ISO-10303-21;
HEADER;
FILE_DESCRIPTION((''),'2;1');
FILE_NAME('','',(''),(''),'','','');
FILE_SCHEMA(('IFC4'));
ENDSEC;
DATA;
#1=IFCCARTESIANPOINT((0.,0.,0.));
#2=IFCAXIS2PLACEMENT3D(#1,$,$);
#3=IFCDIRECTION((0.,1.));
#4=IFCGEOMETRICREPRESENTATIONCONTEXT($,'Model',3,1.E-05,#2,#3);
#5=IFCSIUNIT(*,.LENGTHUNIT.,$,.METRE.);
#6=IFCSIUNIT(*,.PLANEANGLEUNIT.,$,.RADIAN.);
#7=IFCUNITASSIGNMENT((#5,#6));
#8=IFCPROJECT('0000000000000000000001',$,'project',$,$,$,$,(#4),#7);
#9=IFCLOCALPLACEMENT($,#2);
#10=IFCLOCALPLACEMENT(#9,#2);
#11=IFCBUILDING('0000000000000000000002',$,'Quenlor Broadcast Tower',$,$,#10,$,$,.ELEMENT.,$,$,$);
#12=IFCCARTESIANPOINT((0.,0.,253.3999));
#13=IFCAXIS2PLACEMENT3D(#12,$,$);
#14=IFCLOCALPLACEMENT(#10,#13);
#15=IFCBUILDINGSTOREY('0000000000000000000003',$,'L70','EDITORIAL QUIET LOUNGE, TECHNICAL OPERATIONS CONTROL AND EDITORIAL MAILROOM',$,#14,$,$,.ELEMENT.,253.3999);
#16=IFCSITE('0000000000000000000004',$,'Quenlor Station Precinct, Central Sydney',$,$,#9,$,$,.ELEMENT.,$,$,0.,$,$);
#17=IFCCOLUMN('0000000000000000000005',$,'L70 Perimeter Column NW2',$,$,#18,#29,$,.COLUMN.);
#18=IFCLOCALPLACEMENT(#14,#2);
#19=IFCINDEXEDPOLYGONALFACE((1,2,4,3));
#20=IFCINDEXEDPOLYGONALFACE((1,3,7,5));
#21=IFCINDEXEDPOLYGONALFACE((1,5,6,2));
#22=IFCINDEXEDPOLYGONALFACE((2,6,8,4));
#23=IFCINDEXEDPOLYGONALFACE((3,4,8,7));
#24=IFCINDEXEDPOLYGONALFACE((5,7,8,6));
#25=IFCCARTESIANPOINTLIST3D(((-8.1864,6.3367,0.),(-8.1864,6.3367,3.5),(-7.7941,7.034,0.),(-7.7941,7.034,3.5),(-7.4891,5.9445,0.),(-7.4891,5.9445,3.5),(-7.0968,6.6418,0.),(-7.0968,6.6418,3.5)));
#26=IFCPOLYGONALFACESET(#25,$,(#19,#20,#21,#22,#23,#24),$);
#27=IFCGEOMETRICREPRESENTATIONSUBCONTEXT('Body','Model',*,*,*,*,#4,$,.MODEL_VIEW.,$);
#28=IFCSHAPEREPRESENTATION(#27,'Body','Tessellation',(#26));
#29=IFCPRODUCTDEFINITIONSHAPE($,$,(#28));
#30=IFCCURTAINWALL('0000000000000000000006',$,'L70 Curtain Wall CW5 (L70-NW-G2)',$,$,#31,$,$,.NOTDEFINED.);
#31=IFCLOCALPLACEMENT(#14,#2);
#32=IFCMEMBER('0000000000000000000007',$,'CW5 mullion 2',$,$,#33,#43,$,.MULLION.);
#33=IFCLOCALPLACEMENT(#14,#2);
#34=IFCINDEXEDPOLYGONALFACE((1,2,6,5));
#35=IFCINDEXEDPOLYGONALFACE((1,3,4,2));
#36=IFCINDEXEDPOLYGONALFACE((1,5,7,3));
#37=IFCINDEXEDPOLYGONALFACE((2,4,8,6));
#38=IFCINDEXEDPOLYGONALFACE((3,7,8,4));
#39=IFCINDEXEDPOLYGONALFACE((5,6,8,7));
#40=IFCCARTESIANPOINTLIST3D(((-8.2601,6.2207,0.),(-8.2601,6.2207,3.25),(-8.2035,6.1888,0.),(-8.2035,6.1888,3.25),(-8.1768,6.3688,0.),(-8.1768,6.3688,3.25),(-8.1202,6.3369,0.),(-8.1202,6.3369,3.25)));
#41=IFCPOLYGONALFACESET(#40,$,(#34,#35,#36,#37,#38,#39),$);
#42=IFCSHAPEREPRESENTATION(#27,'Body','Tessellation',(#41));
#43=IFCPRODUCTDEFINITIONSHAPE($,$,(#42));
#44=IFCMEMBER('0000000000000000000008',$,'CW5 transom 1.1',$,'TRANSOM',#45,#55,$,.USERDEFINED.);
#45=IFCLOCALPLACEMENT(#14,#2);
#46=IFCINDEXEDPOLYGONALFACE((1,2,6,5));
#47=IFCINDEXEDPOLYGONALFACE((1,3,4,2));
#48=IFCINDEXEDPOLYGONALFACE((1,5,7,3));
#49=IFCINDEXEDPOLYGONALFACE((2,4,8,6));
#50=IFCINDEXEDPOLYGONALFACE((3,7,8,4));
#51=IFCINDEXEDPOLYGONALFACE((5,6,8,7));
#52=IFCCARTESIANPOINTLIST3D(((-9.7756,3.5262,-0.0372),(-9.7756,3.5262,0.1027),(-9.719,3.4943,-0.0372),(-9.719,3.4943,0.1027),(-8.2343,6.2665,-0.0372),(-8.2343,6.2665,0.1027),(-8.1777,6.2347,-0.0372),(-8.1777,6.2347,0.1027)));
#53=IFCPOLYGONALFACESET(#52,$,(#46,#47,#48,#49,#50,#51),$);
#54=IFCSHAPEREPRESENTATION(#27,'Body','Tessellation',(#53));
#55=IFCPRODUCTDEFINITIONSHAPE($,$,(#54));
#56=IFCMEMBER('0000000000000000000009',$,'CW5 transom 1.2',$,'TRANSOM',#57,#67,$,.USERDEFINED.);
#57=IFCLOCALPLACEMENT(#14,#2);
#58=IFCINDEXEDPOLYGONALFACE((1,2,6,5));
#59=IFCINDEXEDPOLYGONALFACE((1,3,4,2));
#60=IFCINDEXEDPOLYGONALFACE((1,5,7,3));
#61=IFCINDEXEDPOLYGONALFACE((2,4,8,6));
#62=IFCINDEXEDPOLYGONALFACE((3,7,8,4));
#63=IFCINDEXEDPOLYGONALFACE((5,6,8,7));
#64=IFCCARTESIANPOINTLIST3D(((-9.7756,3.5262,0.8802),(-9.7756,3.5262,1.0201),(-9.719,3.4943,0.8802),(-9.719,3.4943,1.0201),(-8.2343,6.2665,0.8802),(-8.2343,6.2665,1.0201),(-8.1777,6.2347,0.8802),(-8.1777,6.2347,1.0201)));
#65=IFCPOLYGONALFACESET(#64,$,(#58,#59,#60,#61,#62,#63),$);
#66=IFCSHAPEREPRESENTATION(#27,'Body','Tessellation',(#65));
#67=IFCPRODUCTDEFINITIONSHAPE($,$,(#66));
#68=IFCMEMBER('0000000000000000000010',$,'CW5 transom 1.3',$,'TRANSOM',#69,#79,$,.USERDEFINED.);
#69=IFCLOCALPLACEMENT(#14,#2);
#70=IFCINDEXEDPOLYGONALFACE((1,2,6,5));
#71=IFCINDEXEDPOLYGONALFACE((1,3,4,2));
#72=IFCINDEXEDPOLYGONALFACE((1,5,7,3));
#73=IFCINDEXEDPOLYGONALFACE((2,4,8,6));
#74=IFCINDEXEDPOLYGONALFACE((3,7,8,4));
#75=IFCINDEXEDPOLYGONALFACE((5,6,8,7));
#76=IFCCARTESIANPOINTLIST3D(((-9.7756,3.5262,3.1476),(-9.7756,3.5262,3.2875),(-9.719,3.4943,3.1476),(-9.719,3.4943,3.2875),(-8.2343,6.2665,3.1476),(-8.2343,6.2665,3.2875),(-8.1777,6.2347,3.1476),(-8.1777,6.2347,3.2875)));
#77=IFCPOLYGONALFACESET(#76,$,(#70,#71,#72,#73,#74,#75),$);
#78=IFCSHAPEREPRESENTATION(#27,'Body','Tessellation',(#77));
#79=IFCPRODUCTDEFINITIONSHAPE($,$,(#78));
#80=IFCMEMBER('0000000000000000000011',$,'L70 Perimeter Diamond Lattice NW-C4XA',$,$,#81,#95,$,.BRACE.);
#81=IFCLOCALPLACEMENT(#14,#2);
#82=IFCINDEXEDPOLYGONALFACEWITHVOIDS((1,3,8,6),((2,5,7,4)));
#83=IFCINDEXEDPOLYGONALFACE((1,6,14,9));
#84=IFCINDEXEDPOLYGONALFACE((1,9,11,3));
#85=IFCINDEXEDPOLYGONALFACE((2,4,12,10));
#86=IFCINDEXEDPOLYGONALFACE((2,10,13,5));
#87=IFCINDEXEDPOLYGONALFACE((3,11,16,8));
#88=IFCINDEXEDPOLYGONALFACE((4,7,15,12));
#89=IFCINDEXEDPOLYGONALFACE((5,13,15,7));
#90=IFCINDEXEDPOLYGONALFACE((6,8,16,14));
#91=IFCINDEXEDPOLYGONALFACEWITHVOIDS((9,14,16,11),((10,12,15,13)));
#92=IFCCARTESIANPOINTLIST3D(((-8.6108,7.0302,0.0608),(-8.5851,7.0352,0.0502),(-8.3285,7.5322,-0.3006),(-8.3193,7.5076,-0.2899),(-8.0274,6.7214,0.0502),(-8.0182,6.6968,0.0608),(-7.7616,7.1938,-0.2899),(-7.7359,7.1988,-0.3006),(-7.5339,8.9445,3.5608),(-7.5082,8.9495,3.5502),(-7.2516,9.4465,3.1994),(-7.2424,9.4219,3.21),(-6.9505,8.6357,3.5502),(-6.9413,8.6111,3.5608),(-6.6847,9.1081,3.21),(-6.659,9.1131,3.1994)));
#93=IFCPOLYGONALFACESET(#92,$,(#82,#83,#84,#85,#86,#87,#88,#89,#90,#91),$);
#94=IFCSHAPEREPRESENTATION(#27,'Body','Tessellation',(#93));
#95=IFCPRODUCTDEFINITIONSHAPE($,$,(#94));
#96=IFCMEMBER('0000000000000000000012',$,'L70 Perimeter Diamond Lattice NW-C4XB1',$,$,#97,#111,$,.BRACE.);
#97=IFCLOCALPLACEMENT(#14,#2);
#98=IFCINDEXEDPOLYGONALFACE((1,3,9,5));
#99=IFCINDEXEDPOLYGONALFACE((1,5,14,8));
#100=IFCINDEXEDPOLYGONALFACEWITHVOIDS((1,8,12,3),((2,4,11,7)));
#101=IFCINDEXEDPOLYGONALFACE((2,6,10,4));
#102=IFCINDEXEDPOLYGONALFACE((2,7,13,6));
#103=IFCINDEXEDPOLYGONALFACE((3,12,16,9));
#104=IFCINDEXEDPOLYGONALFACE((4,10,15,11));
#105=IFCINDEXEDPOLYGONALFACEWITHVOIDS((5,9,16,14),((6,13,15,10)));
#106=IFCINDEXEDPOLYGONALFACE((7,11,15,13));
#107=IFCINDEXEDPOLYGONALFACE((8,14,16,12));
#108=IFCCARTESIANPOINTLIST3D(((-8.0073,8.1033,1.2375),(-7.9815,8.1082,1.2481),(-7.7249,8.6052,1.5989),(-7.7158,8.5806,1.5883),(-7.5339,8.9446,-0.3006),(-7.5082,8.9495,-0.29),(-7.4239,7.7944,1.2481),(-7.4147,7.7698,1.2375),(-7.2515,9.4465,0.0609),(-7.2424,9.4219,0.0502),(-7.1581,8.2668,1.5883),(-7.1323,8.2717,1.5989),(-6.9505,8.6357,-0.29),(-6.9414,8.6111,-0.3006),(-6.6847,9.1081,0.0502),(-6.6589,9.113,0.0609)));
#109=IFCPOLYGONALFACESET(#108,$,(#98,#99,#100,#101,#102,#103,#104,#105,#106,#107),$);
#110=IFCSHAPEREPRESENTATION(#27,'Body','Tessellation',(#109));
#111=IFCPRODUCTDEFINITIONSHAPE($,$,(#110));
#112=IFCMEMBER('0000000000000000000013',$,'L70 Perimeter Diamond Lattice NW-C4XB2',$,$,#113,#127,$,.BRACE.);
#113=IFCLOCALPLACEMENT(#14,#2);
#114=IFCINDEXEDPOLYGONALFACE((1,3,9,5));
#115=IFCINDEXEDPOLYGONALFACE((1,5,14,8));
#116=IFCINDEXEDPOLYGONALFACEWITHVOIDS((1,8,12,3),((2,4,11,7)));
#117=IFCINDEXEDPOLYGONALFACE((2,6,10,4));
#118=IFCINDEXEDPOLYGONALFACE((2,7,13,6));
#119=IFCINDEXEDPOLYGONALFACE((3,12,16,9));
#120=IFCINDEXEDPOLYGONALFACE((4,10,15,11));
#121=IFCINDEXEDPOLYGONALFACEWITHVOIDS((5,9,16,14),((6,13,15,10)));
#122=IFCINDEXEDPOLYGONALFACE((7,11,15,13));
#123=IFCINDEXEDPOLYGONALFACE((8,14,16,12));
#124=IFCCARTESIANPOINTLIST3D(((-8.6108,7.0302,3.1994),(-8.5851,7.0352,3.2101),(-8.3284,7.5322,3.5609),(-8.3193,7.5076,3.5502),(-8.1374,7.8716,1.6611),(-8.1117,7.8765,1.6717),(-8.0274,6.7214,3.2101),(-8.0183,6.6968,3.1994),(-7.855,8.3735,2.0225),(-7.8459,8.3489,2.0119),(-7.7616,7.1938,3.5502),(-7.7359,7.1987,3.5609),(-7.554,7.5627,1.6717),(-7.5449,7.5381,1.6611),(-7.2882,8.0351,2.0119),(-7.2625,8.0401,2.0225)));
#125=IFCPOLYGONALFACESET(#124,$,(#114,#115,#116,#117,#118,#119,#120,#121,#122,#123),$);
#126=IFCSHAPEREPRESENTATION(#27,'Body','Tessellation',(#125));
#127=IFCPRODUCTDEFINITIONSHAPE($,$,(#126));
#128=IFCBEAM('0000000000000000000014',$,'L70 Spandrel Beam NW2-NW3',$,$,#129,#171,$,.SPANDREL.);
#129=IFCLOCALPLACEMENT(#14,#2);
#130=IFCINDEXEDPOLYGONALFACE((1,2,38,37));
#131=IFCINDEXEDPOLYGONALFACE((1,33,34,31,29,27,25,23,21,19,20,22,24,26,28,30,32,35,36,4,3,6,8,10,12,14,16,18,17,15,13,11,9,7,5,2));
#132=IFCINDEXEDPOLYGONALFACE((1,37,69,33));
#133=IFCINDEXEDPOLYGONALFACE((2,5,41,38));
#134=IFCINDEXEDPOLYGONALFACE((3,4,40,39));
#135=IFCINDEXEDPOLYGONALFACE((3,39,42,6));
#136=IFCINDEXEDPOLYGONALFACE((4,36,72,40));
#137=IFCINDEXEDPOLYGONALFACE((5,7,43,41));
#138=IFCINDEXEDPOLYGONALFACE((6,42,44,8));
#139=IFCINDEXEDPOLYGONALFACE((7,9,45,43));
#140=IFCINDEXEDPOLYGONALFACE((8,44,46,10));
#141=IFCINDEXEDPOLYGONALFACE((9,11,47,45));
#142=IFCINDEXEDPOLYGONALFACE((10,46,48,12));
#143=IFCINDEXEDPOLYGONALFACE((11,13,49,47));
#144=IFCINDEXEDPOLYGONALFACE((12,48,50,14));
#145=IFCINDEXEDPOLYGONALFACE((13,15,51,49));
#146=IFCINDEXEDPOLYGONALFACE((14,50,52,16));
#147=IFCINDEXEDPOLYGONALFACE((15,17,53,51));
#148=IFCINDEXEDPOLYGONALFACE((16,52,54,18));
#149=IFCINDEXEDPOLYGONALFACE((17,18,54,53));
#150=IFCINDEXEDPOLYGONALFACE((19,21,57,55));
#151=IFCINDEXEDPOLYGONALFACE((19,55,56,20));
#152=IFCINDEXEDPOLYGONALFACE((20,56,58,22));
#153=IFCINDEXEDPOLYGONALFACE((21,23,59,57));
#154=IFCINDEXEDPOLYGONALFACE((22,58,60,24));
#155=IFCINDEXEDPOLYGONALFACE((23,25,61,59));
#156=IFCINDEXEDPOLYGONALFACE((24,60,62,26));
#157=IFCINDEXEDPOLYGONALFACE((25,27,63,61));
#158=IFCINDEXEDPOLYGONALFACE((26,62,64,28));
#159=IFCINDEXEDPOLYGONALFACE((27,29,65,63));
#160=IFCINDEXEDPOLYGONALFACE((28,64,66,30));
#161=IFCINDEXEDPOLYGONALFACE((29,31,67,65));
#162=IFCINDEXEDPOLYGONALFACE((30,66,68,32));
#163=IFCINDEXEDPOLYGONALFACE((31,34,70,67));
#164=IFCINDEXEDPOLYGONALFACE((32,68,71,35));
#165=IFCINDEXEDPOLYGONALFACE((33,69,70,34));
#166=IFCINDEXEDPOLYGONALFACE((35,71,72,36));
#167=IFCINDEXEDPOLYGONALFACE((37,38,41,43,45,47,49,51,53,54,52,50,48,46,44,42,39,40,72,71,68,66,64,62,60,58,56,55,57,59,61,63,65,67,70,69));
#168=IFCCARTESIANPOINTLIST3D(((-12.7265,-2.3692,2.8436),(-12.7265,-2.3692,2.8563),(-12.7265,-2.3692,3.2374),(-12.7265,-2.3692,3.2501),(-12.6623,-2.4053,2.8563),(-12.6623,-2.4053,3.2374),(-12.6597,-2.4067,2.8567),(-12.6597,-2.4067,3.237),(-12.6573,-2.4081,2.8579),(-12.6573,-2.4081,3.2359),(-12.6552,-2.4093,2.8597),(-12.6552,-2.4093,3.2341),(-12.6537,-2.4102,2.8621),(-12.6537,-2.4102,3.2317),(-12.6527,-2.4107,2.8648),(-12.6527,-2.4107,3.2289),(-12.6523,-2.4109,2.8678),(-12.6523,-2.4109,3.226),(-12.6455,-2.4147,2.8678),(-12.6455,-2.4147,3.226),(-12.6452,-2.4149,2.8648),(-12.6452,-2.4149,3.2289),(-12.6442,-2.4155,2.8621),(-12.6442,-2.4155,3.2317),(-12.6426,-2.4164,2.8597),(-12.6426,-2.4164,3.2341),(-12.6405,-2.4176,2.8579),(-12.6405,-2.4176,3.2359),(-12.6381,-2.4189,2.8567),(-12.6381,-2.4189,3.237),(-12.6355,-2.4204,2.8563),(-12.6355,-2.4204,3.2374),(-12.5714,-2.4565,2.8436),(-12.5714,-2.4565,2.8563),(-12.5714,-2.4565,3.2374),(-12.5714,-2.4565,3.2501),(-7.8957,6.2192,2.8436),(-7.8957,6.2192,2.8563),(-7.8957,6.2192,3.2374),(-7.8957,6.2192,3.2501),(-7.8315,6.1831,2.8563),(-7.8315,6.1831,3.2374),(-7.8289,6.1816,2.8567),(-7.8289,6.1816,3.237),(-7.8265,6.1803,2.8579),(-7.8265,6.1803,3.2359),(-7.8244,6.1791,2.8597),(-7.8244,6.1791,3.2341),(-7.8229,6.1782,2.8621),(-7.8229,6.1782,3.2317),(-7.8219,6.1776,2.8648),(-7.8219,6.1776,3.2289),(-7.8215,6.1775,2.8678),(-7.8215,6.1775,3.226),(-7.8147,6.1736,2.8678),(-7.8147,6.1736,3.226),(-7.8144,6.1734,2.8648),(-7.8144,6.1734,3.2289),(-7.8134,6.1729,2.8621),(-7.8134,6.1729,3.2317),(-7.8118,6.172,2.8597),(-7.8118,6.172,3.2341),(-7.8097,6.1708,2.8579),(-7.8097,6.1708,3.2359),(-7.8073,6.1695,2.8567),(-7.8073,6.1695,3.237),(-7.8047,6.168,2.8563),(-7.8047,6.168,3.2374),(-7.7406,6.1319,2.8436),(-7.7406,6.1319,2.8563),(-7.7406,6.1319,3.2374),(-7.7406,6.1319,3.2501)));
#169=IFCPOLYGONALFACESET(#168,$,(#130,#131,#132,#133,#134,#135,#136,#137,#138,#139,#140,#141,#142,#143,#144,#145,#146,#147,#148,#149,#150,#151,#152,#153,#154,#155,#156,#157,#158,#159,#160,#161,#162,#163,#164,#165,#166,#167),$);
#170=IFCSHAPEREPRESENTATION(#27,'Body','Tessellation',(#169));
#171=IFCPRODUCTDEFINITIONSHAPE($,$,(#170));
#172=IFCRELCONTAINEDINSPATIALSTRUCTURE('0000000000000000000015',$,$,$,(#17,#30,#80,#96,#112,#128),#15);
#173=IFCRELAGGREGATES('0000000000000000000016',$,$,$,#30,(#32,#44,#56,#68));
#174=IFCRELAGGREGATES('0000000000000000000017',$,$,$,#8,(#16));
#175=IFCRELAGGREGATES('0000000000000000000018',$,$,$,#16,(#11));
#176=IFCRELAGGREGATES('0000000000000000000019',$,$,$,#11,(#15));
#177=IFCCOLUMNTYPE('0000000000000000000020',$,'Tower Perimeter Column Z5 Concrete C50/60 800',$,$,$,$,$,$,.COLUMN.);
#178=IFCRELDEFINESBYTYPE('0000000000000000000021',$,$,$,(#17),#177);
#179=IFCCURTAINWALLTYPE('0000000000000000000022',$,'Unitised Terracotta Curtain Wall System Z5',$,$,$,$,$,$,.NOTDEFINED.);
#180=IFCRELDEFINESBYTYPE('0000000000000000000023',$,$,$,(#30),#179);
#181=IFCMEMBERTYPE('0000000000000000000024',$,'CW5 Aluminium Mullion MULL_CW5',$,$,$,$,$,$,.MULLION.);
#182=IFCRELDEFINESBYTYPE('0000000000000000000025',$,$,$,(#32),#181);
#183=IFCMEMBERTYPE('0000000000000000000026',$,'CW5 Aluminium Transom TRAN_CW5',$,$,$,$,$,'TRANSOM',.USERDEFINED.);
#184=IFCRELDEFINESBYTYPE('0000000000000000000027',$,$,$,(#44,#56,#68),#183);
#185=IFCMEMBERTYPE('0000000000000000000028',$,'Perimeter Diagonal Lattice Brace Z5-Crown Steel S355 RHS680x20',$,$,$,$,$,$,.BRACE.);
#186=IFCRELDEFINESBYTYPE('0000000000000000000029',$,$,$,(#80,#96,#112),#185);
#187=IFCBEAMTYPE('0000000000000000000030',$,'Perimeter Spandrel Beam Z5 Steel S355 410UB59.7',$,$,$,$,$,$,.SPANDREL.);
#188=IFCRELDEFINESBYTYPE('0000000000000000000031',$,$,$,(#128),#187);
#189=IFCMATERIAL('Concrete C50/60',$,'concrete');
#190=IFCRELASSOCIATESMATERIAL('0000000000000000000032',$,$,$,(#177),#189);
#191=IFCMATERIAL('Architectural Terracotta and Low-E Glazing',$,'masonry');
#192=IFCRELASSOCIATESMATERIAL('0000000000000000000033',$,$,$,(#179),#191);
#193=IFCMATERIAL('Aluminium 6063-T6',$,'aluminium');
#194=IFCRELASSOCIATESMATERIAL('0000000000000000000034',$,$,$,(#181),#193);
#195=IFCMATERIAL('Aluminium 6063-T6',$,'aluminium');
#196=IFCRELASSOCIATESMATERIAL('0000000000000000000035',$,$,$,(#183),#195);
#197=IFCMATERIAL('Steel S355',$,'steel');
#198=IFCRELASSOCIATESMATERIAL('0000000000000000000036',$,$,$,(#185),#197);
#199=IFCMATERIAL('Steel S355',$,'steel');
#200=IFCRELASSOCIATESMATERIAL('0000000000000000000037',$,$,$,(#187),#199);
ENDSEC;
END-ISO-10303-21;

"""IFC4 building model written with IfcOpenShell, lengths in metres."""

from ifc_helpers import new_model, si_unit, direction, frame, origin, origin_2d, place, context, subcontext, project, spatial, rectangle, hollow_rectangle, i_section, extrude, material, material_profile, profile_set, type_object, element, aggregate, save


model = new_model("IFC4")

# Units and contexts
model_context = context("Model", 3, precision=1e-05, world=origin(), true_north=direction((0.0, 1.0)))
body_context = subcontext(model_context, "Body", "Model", "MODEL_VIEW")
ifc_project = project(units=[si_unit("LENGTHUNIT", "METRE"), si_unit("PLANEANGLEUNIT", "RADIAN")], contexts=[model_context])

# Site, building, storey
site_placement = place(None, origin())
site = spatial("IfcSite", under=ifc_project, at=site_placement, Name="Quenlor Station Precinct, Central Sydney", CompositionType="ELEMENT", RefElevation=0.0)
building_placement = place(site_placement, origin())
building = spatial("IfcBuilding", under=site, at=building_placement, Name="Quenlor Broadcast Tower", CompositionType="ELEMENT")
storey_placement = place(building_placement, frame((0.0, 0.0, 253.3999)))
storey = spatial("IfcBuildingStorey", under=building, at=storey_placement, Name="L70", Description="EDITORIAL QUIET LOUNGE, TECHNICAL OPERATIONS CONTROL AND EDITORIAL MAILROOM", CompositionType="ELEMENT", Elevation=253.3999)

# Column
ifc_material_1 = material(Name="Concrete C50/60", Category="concrete")
ifc_material_profile_1 = material_profile(ifc_material_1, rectangle(XDim=0.8, YDim=0.8, at=origin_2d()))
ifc_profile_set_1 = profile_set([ifc_material_profile_1], Name="Concrete C50/60 RC800x800")
column_type = type_object("IfcColumnType", Name="Tower Perimeter Column Z5 Concrete C50/60 800", PredefinedType="COLUMN", material=ifc_profile_set_1)
column_placement = place(storey_placement, frame((-7.6416, 6.4893, 0.0), z_axis=(0.0, 0.0, 1.0), x_axis=(-0.871575, 0.490262, 0.0)))
element("IfcColumn", 1, at=column_placement, inside=storey, type_object=column_type, Name="L70 Perimeter Column NW2", PredefinedType="COLUMN", context=body_context, shape_type="SweptSolid", body=[
    extrude(rectangle(XDim=0.8, YDim=0.8, at=origin_2d()), origin(), (0.0, 0.0, 1.0), 3.5),
])

# Curtain wall, members
ifc_material_2 = material(Name="Architectural Terracotta and Low-E Glazing", Category="masonry")
curtain_wall_type = type_object("IfcCurtainWallType", Name="Unitised Terracotta Curtain Wall System Z5", PredefinedType="NOTDEFINED", material=ifc_material_2)
curtain_wall_placement = place(storey_placement, origin())
curtain_wall = element("IfcCurtainWall", 2, at=curtain_wall_placement, inside=storey, type_object=curtain_wall_type, Name="L70 Curtain Wall CW5 (L70-NW-G2)", PredefinedType="NOTDEFINED")
ifc_material_3 = material(Name="Aluminium 6063-T6", Category="aluminium")
ifc_material_profile_2 = material_profile(ifc_material_3, rectangle(XDim=0.0649, YDim=0.1699, at=origin_2d()))
ifc_profile_set_2 = profile_set([ifc_material_profile_2], Name="Aluminium 6063-T6 MULL65x170")
member_type_1 = type_object("IfcMemberType", Name="CW5 Aluminium Mullion MULL_CW5", PredefinedType="MULLION", material=ifc_profile_set_2)
member_1_placement = place(storey_placement, frame((-8.1902, 6.2788, 0.0), z_axis=(0.0, 0.0, 1.0), x_axis=(-0.871575, 0.490263, 0.0)))
member_1 = element("IfcMember", 3, at=member_1_placement, type_object=member_type_1, Name="CW5 mullion 2", PredefinedType="MULLION", context=body_context, shape_type="SweptSolid", body=[
    extrude(rectangle(XDim=0.0649, YDim=0.1699, at=origin_2d()), origin(), (0.0, 0.0, 1.0), 3.25),
])
ifc_material_4 = material(Name="Aluminium 6063-T6", Category="aluminium")
ifc_material_profile_3 = material_profile(ifc_material_4, rectangle(XDim=0.0649, YDim=0.1399, at=origin_2d()))
ifc_profile_set_3 = profile_set([ifc_material_profile_3], Name="Aluminium 6063-T6 TRAN65x140")
member_type_2 = type_object("IfcMemberType", Name="CW5 Aluminium Transom TRAN_CW5", ElementType="TRANSOM", PredefinedType="USERDEFINED", material=ifc_profile_set_3)
member_2_placement = place(storey_placement, frame((-9.7473, 3.5103, 0.0327), z_axis=(0.490232, 0.871592, 0.0), x_axis=(-0.871592, 0.490232, 0.0)))
member_2 = element("IfcMember", 4, at=member_2_placement, type_object=member_type_2, Name="CW5 transom 1.1", ObjectType="TRANSOM", PredefinedType="USERDEFINED", context=body_context, shape_type="SweptSolid", body=[
    extrude(rectangle(XDim=0.0649, YDim=0.1399, at=origin_2d()), origin(), (0.0, 0.0, 1.0), 3.144),
])
member_3_placement = place(storey_placement, frame((-9.7473, 3.5103, 0.9502), z_axis=(0.490232, 0.871592, 0.0), x_axis=(-0.871592, 0.490232, 0.0)))
member_3 = element("IfcMember", 5, at=member_3_placement, type_object=member_type_2, Name="CW5 transom 1.2", ObjectType="TRANSOM", PredefinedType="USERDEFINED", context=body_context, shape_type="SweptSolid", body=[
    extrude(rectangle(XDim=0.0649, YDim=0.1399, at=origin_2d()), origin(), (0.0, 0.0, 1.0), 3.144),
])
member_4_placement = place(storey_placement, frame((-9.7473, 3.5103, 3.2175), z_axis=(0.490232, 0.871592, 0.0), x_axis=(-0.871592, 0.490232, 0.0)))
member_4 = element("IfcMember", 6, at=member_4_placement, type_object=member_type_2, Name="CW5 transom 1.3", ObjectType="TRANSOM", PredefinedType="USERDEFINED", context=body_context, shape_type="SweptSolid", body=[
    extrude(rectangle(XDim=0.0649, YDim=0.1399, at=origin_2d()), origin(), (0.0, 0.0, 1.0), 3.144),
])

# Members
ifc_material_5 = material(Name="Steel S355", Category="steel")
ifc_material_profile_4 = material_profile(ifc_material_5, hollow_rectangle(XDim=0.6799, YDim=0.6799, WallThickness=0.02, at=origin_2d()))
ifc_profile_set_4 = profile_set([ifc_material_profile_4], Name="Steel S355 RHS680x680x20")
member_type_3 = type_object("IfcMemberType", Name="Perimeter Diagonal Lattice Brace Z5-Crown Steel S355 RHS680x20", PredefinedType="BRACE", material=ifc_profile_set_4)
member_5_placement = place(storey_placement, frame((-8.1733, 7.1145, -0.1199), z_axis=(0.260619, 0.463276, 0.847026), x_axis=(-0.871555, 0.490298, 0.0)))
element("IfcMember", 7, at=member_5_placement, inside=storey, type_object=member_type_3, Name="L70 Perimeter Diamond Lattice NW-C4XA", PredefinedType="BRACE", context=body_context, shape_type="SweptSolid", body=[
    extrude(hollow_rectangle(XDim=0.6799, YDim=0.6799, WallThickness=0.02, at=origin_2d()), origin(), (0.0, 0.0, 1.0), 4.1321),
])
member_6_placement = place(storey_placement, frame((-7.0964, 9.0288, -0.1199), z_axis=(-0.260686, -0.463293, 0.846996), x_axis=(0.871508, -0.490381, 0.0)))
element("IfcMember", 8, at=member_6_placement, inside=storey, type_object=member_type_3, Name="L70 Perimeter Diamond Lattice NW-C4XB1", PredefinedType="BRACE", context=body_context, shape_type="SweptSolid", body=[
    extrude(hollow_rectangle(XDim=0.6799, YDim=0.6799, WallThickness=0.02, at=origin_2d()), origin(), (0.0, 0.0, 1.0), 1.8159),
])
member_7_placement = place(storey_placement, frame((-7.7, 7.9558, 1.8418), z_axis=(-0.260657, -0.463241, 0.847034), x_axis=(0.871508, -0.490381, 0.0)))
element("IfcMember", 9, at=member_7_placement, inside=storey, type_object=member_type_3, Name="L70 Perimeter Diamond Lattice NW-C4XB2", PredefinedType="BRACE", context=body_context, shape_type="SweptSolid", body=[
    extrude(hollow_rectangle(XDim=0.6799, YDim=0.6799, WallThickness=0.02, at=origin_2d()), origin(), (0.0, 0.0, 1.0), 1.8162),
])

# Beam
ifc_material_6 = material(Name="Steel S355", Category="steel")
ifc_material_profile_5 = material_profile(ifc_material_6, i_section(OverallWidth=0.178, OverallDepth=0.4065, WebThickness=0.0078, FlangeThickness=0.0127, FilletRadius=0.0115, at=origin_2d()))
ifc_profile_set_5 = profile_set([ifc_material_profile_5], Name="Steel S355 410UB59.7")
beam_type_1 = type_object("IfcBeamType", Name="Perimeter Spandrel Beam Z5 Steel S355 410UB59.7", PredefinedType="SPANDREL", material=ifc_profile_set_5)
beam_1_placement = place(storey_placement, frame((-7.8181, 6.1755, 3.0469), z_axis=(-0.490249, -0.871582, 0.0), x_axis=(0.871582, -0.490249, 0.0)))
element("IfcBeam", 10, at=beam_1_placement, inside=storey, type_object=beam_type_1, Name="L70 Spandrel Beam NW2-NW3", PredefinedType="SPANDREL", context=body_context, shape_type="SweptSolid", body=[
    extrude(i_section(OverallWidth=0.178, OverallDepth=0.4065, WebThickness=0.0078, FlangeThickness=0.0127, FilletRadius=0.0115, at=origin_2d()), origin(), (0.0, 0.0, 1.0), 9.8538),
])

aggregate(curtain_wall, [member_1, member_2, member_3, member_4])

save(model, "model.ifc")
